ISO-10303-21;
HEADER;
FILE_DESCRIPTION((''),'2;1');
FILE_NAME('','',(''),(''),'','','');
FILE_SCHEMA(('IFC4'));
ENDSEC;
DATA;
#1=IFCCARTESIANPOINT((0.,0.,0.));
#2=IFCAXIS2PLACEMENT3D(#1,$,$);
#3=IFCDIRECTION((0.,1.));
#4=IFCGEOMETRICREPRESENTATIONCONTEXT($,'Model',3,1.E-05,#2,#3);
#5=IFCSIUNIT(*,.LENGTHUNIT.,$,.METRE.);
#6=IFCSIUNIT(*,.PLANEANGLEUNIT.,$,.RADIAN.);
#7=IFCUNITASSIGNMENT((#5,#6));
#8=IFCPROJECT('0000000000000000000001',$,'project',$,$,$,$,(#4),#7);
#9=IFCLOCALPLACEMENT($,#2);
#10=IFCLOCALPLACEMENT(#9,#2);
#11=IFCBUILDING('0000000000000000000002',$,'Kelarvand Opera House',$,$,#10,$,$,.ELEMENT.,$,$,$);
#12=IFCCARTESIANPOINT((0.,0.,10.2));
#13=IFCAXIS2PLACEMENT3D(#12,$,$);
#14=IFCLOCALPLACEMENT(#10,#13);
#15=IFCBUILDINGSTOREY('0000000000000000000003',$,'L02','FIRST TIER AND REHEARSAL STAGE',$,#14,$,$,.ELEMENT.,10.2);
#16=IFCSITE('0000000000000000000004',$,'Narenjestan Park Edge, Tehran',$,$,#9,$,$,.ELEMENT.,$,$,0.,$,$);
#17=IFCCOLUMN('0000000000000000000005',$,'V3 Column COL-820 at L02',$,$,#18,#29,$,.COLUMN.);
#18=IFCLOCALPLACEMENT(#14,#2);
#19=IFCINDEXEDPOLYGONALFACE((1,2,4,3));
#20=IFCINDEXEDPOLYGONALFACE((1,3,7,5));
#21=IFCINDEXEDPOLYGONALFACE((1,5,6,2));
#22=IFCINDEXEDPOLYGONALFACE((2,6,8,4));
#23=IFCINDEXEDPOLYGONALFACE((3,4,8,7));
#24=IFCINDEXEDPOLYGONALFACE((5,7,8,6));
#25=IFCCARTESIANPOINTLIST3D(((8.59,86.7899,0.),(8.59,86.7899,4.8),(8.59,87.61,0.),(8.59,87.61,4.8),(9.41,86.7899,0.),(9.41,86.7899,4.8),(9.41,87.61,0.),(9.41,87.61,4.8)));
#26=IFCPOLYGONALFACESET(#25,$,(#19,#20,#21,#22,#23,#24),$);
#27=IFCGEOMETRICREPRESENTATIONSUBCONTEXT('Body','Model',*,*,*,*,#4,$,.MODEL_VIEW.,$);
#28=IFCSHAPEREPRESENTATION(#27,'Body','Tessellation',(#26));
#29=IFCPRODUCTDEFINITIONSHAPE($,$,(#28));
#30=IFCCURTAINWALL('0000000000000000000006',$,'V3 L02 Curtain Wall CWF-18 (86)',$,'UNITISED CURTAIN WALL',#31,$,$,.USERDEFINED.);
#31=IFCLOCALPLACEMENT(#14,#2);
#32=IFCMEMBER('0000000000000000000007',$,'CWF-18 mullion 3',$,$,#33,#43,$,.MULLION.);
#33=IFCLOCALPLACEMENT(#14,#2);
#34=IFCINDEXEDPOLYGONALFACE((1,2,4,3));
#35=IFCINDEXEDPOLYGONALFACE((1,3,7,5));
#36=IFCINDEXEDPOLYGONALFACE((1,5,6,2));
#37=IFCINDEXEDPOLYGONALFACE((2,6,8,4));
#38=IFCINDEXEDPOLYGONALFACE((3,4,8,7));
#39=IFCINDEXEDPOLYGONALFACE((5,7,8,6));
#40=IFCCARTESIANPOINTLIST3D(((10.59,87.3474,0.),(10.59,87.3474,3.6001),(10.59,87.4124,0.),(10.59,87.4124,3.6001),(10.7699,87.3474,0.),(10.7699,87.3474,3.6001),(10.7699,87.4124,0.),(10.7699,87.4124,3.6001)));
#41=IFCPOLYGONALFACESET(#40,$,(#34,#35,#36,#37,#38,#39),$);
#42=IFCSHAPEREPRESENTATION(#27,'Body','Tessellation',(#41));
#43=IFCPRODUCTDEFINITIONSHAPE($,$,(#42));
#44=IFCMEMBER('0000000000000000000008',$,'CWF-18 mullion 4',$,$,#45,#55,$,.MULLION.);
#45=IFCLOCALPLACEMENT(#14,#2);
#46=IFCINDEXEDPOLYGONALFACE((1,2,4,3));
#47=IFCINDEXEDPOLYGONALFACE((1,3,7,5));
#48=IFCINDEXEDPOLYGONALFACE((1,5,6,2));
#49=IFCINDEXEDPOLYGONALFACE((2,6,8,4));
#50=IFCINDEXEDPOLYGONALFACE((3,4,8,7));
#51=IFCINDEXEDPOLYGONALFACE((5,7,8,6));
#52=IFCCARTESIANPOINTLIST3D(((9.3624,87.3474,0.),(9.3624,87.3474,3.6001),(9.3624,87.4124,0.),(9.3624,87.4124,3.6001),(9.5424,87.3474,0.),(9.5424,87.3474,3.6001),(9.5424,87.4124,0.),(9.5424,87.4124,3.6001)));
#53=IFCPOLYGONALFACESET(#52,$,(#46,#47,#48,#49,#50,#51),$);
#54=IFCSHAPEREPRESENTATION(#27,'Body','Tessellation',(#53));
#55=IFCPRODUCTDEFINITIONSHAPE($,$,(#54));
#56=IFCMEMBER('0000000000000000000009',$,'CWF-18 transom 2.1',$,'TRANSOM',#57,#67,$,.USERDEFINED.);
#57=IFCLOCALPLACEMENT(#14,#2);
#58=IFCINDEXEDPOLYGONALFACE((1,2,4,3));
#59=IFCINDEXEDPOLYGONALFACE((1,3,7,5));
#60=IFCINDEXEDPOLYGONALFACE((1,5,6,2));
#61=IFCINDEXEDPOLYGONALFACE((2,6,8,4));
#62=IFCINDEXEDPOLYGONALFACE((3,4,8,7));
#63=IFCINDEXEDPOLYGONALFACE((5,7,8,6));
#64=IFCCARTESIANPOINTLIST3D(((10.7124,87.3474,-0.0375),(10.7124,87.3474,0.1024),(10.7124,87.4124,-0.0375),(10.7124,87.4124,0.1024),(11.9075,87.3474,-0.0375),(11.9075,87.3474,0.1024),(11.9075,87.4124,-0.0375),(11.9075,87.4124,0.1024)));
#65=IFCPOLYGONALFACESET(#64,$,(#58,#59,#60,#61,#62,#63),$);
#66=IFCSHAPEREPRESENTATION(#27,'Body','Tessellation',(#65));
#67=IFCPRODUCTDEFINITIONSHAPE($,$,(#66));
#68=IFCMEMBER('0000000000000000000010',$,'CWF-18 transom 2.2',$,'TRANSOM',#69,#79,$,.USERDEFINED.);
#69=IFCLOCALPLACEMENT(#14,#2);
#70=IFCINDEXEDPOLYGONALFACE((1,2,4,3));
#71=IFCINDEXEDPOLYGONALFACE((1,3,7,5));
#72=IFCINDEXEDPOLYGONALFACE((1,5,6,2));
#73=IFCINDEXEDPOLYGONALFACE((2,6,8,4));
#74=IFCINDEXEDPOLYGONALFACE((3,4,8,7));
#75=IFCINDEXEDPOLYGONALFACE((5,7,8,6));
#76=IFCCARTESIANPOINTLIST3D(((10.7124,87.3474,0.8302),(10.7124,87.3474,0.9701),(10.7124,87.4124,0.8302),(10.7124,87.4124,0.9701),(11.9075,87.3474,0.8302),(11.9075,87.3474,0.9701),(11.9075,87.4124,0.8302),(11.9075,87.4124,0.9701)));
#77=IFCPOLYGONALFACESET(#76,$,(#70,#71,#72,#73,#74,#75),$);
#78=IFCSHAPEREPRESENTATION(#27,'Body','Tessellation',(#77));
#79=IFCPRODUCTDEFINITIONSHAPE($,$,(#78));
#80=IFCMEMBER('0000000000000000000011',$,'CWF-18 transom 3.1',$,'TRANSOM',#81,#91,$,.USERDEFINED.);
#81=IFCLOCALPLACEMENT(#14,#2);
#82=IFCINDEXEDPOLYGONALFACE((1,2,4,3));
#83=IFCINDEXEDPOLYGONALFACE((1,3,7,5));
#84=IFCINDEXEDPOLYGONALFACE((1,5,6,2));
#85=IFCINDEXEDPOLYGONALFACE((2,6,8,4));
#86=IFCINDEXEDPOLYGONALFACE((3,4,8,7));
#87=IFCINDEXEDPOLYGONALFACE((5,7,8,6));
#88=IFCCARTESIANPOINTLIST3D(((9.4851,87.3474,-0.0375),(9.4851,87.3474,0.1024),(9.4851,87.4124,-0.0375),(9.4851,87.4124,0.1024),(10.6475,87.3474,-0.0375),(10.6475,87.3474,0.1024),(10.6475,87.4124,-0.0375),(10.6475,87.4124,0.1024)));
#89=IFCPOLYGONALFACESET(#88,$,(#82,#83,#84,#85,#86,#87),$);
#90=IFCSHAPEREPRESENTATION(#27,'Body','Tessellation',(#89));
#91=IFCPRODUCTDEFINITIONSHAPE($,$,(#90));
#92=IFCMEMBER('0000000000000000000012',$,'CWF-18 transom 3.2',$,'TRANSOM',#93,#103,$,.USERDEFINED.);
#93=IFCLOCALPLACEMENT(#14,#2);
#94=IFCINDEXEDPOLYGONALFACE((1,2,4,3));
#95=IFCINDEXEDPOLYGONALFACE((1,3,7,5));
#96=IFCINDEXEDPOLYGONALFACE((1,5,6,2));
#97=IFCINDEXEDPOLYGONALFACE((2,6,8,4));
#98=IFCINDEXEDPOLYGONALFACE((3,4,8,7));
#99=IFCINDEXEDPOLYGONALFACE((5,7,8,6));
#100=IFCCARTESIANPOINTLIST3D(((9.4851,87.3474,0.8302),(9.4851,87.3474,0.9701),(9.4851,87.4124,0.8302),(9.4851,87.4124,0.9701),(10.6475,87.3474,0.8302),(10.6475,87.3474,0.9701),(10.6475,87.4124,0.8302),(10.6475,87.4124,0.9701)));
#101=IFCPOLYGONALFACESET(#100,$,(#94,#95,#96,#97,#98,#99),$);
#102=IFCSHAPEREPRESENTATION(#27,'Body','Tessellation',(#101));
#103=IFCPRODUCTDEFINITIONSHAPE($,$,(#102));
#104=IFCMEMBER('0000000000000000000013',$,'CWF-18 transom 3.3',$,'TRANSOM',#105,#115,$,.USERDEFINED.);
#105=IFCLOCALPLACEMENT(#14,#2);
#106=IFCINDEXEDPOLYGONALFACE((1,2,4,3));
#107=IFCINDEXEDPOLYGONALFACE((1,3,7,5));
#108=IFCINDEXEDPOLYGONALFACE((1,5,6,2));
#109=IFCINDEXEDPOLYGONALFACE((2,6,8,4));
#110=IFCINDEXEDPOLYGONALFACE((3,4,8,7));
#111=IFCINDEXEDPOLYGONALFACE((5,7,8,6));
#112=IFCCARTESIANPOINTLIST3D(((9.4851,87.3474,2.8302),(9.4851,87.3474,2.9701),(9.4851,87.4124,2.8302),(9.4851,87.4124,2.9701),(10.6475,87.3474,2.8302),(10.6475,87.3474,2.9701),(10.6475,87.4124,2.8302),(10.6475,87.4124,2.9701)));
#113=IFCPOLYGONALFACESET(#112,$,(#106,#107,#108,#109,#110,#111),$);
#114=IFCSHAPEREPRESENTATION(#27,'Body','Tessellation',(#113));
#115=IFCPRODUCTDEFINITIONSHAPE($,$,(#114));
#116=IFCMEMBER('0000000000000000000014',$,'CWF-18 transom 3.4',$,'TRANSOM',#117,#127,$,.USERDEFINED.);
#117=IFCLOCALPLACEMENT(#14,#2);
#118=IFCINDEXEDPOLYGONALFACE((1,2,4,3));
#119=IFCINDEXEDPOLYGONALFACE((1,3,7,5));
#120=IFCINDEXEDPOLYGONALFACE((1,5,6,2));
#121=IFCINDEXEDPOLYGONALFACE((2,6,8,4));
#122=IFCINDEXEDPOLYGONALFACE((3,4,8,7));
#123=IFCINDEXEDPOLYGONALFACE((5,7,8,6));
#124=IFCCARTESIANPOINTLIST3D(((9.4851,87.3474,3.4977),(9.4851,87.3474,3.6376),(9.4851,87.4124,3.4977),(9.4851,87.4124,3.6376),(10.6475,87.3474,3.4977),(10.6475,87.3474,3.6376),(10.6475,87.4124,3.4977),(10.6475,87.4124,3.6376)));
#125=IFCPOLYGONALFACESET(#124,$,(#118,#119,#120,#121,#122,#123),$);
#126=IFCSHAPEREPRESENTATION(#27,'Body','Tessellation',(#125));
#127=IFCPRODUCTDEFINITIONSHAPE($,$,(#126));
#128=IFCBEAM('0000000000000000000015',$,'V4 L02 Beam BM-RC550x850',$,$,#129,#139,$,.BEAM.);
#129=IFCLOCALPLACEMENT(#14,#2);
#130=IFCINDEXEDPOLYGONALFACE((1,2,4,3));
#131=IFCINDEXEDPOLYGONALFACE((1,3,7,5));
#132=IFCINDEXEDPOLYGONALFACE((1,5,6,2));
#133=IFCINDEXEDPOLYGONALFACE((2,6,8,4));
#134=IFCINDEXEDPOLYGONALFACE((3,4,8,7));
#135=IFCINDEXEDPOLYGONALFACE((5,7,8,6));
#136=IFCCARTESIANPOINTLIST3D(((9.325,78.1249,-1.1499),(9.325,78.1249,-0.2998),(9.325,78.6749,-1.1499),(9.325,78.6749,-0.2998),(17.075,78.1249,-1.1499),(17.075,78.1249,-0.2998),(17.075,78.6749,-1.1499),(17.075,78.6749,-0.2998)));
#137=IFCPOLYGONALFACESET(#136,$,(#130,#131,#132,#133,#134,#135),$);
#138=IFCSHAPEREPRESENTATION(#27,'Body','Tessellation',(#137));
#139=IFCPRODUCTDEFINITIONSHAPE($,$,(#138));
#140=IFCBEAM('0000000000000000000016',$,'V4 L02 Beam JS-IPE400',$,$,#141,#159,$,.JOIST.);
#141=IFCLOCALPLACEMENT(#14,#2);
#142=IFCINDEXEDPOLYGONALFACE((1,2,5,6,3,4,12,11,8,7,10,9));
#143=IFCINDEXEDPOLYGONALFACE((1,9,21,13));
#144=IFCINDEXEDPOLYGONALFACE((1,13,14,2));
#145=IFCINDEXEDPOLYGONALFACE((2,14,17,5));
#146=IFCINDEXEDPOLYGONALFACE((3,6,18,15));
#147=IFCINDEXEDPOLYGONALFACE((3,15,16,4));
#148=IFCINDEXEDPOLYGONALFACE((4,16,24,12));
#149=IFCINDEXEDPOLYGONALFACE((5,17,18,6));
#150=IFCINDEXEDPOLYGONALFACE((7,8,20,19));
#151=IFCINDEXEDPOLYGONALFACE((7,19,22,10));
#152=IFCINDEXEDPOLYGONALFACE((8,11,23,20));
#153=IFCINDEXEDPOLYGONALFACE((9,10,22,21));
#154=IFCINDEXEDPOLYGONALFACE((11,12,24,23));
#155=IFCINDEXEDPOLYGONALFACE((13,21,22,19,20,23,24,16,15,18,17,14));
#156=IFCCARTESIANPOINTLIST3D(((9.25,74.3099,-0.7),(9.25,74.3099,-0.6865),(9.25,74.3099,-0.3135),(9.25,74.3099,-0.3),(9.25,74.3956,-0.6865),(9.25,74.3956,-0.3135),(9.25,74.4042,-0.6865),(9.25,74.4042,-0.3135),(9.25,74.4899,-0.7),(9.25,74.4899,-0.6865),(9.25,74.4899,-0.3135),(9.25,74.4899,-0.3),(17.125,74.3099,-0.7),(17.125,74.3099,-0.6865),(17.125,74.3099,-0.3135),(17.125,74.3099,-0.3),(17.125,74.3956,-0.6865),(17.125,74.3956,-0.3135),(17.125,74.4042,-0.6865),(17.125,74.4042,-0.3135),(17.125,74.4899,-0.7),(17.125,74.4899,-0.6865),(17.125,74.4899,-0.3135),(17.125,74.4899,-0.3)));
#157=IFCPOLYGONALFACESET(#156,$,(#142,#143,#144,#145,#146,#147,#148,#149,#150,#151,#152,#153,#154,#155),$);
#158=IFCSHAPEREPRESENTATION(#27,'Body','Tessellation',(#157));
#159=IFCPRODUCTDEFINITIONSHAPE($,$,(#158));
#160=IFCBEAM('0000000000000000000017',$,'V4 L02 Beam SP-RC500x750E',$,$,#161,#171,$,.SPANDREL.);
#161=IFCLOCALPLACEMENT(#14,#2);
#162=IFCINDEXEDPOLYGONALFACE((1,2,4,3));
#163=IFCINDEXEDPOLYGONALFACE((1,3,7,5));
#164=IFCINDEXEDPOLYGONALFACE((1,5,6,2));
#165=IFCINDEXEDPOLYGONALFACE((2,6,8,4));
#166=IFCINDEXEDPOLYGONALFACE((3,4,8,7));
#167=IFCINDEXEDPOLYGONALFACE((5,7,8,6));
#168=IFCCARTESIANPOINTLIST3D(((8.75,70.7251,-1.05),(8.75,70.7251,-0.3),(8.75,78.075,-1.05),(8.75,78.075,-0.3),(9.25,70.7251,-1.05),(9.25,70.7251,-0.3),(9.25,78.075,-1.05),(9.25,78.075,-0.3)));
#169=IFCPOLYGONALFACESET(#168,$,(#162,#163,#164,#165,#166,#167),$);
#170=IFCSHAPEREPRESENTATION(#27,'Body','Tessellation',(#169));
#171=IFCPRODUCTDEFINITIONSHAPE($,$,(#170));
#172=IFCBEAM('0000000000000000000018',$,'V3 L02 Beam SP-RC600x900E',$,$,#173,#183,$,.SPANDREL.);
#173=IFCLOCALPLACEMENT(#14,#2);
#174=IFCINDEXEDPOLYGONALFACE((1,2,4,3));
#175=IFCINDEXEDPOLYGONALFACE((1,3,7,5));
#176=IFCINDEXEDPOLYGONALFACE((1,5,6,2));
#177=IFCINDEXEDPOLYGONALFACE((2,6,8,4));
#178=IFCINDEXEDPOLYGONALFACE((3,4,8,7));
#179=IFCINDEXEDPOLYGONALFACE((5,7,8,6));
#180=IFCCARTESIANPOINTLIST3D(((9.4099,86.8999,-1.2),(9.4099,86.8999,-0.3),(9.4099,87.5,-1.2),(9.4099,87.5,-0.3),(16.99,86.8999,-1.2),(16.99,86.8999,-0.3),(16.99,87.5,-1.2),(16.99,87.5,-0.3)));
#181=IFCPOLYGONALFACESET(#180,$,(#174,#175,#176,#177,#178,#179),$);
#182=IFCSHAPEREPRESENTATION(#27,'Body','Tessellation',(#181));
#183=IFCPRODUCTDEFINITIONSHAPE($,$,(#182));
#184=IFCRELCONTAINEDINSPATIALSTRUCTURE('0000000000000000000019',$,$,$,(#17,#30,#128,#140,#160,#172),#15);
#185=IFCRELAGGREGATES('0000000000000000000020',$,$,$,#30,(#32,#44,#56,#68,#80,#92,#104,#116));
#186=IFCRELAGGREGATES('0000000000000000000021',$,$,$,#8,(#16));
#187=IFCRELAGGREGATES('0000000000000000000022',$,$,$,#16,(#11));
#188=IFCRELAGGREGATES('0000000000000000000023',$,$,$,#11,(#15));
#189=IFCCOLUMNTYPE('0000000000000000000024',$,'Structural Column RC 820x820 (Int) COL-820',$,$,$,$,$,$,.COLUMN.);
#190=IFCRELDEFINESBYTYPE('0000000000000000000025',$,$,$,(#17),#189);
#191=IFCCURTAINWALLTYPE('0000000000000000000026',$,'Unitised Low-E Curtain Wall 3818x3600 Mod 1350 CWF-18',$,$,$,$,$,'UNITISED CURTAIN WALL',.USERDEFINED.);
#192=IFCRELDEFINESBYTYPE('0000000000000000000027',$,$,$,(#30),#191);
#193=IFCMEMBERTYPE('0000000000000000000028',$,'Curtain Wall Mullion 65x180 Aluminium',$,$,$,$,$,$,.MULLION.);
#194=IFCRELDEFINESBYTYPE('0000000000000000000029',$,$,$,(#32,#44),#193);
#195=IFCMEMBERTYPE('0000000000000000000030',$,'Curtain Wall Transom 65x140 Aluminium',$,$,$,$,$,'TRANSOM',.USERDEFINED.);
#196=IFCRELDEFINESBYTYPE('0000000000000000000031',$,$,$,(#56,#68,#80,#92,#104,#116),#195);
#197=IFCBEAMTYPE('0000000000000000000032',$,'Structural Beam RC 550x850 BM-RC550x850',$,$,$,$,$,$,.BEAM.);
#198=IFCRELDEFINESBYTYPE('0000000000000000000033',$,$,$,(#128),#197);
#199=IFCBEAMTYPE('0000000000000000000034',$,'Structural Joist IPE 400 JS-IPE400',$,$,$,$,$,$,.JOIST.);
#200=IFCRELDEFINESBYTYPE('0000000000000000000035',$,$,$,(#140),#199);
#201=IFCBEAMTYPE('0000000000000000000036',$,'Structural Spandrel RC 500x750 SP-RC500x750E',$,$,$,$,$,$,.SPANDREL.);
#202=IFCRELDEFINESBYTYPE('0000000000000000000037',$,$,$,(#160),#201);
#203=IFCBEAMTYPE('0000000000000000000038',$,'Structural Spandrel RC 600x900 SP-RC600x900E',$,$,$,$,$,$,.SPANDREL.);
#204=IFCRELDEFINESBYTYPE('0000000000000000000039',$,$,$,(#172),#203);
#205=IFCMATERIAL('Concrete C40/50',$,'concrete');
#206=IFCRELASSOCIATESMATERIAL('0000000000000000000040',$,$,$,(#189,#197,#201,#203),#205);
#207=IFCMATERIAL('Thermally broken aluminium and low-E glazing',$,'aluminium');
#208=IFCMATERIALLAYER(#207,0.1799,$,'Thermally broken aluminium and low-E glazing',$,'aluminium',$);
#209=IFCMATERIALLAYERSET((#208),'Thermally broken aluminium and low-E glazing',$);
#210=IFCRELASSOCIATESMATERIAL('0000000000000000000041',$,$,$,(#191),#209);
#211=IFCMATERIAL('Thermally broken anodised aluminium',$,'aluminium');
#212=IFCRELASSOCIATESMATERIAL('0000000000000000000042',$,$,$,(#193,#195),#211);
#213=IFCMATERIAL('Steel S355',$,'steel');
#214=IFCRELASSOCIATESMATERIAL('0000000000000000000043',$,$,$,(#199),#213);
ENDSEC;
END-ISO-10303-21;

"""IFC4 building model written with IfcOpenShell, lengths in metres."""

from ifc_helpers import new_model, si_unit, direction, frame, origin, origin_2d, place, context, subcontext, project, spatial, rectangle, i_section, extrude, material, layer, layer_set, material_profile, profile_set, type_object, element, aggregate, save


model = new_model("IFC4")

# Units and contexts
model_context = context("Model", 3, precision=1e-05, world=origin(), true_north=direction((0.0, 1.0)))
body_context = subcontext(model_context, "Body", "Model", "MODEL_VIEW")
ifc_project = project(units=[si_unit("LENGTHUNIT", "METRE"), si_unit("PLANEANGLEUNIT", "RADIAN")], contexts=[model_context])

# Site, building, storey
site_placement = place(None, origin())
site = spatial("IfcSite", under=ifc_project, at=site_placement, Name="Narenjestan Park Edge, Tehran", CompositionType="ELEMENT", RefElevation=0.0)
building_placement = place(site_placement, origin())
building = spatial("IfcBuilding", under=site, at=building_placement, Name="Kelarvand Opera House", CompositionType="ELEMENT")
storey_placement = place(building_placement, frame((0.0, 0.0, 10.2)))
storey = spatial("IfcBuildingStorey", under=building, at=storey_placement, Name="L02", Description="FIRST TIER AND REHEARSAL STAGE", CompositionType="ELEMENT", Elevation=10.2)

# Column
ifc_material_1 = material(Name="Concrete C40/50", Category="concrete")
ifc_material_profile_1 = material_profile(ifc_material_1, rectangle(XDim=0.8201, YDim=0.8201, at=origin_2d()), Name="RC 820x820", Category="concrete")
ifc_profile_set_1 = profile_set([ifc_material_profile_1], Name="Concrete C40/50")
column_type = type_object("IfcColumnType", Name="Structural Column RC 820x820 (Int) COL-820", PredefinedType="COLUMN", material=ifc_profile_set_1)
column_placement = place(storey_placement, frame((9.0, 87.2, 0.0), z_axis=(0.0, 0.0, 1.0), x_axis=(1.0, 0.0, 0.0)))
element("IfcColumn", 1, at=column_placement, inside=storey, type_object=column_type, Name="V3 Column COL-820 at L02", PredefinedType="COLUMN", context=body_context, shape_type="SweptSolid", body=[
    extrude(rectangle(XDim=0.8201, YDim=0.8201, at=origin_2d()), origin(), (0.0, 0.0, 1.0), 4.8),
])

# Curtain wall, members
ifc_material_2 = material(Name="Thermally broken aluminium and low-E glazing", Category="aluminium")
ifc_layer_1 = layer(ifc_material_2, 0.1799, Name="Thermally broken aluminium and low-E glazing", Category="aluminium")
ifc_layer_set_1 = layer_set([ifc_layer_1], Name="Thermally broken aluminium and low-E glazing")
curtain_wall_type = type_object("IfcCurtainWallType", Name="Unitised Low-E Curtain Wall 3818x3600 Mod 1350 CWF-18", ElementType="UNITISED CURTAIN WALL", PredefinedType="USERDEFINED", material=ifc_layer_set_1)
curtain_wall_placement = place(storey_placement, origin())
curtain_wall = element("IfcCurtainWall", 2, at=curtain_wall_placement, inside=storey, type_object=curtain_wall_type, Name="V3 L02 Curtain Wall CWF-18 (86)", ObjectType="UNITISED CURTAIN WALL", PredefinedType="USERDEFINED")
ifc_material_3 = material(Name="Thermally broken anodised aluminium", Category="aluminium")
ifc_material_profile_2 = material_profile(ifc_material_3, rectangle(XDim=0.0649, YDim=0.1799, at=origin_2d()), Name="ALU MULLION 65x180", Category="aluminium")
ifc_profile_set_2 = profile_set([ifc_material_profile_2], Name="Thermally broken anodised aluminium")
member_type_1 = type_object("IfcMemberType", Name="Curtain Wall Mullion 65x180 Aluminium", PredefinedType="MULLION", material=ifc_profile_set_2)
member_1_placement = place(storey_placement, frame((10.6799, 87.3799, 0.0), z_axis=(0.0, 0.0, 1.0), x_axis=(0.0, -1.0, 0.0)))
member_1 = element("IfcMember", 3, at=member_1_placement, type_object=member_type_1, Name="CWF-18 mullion 3", PredefinedType="MULLION", context=body_context, shape_type="SweptSolid", body=[
    extrude(rectangle(XDim=0.0649, YDim=0.1799, at=origin_2d()), origin(), (0.0, 0.0, 1.0), 3.6001),
])
member_2_placement = place(storey_placement, frame((9.4524, 87.3799, 0.0), z_axis=(0.0, 0.0, 1.0), x_axis=(0.0, -1.0, 0.0)))
member_2 = element("IfcMember", 4, at=member_2_placement, type_object=member_type_1, Name="CWF-18 mullion 4", PredefinedType="MULLION", context=body_context, shape_type="SweptSolid", body=[
    extrude(rectangle(XDim=0.0649, YDim=0.1799, at=origin_2d()), origin(), (0.0, 0.0, 1.0), 3.6001),
])
ifc_material_profile_3 = material_profile(ifc_material_3, rectangle(XDim=0.0649, YDim=0.1399, at=origin_2d()), Name="ALU TRANSOM 65x140", Category="aluminium")
ifc_profile_set_3 = profile_set([ifc_material_profile_3], Name="Thermally broken anodised aluminium")
member_type_2 = type_object("IfcMemberType", Name="Curtain Wall Transom 65x140 Aluminium", ElementType="TRANSOM", PredefinedType="USERDEFINED", material=ifc_profile_set_3)
member_3_placement = place(storey_placement, frame((11.9075, 87.3799, 0.0325), z_axis=(-1.0, 0.0, 0.0), x_axis=(0.0, -1.0, 0.0)))
member_3 = element("IfcMember", 5, at=member_3_placement, type_object=member_type_2, Name="CWF-18 transom 2.1", ObjectType="TRANSOM", PredefinedType="USERDEFINED", context=body_context, shape_type="SweptSolid", body=[
    extrude(rectangle(XDim=0.0649, YDim=0.1399, at=origin_2d()), origin(), (0.0, 0.0, 1.0), 1.1951),
])
member_4_placement = place(storey_placement, frame((11.9075, 87.3799, 0.9001), z_axis=(-1.0, 0.0, 0.0), x_axis=(0.0, -1.0, 0.0)))
member_4 = element("IfcMember", 6, at=member_4_placement, type_object=member_type_2, Name="CWF-18 transom 2.2", ObjectType="TRANSOM", PredefinedType="USERDEFINED", context=body_context, shape_type="SweptSolid", body=[
    extrude(rectangle(XDim=0.0649, YDim=0.1399, at=origin_2d()), origin(), (0.0, 0.0, 1.0), 1.1951),
])
member_5_placement = place(storey_placement, frame((10.6475, 87.3799, 0.0325), z_axis=(-1.0, 0.0, 0.0), x_axis=(0.0, -1.0, 0.0)))
member_5 = element("IfcMember", 7, at=member_5_placement, type_object=member_type_2, Name="CWF-18 transom 3.1", ObjectType="TRANSOM", PredefinedType="USERDEFINED", context=body_context, shape_type="SweptSolid", body=[
    extrude(rectangle(XDim=0.0649, YDim=0.1399, at=origin_2d()), origin(), (0.0, 0.0, 1.0), 1.1624),
])
member_6_placement = place(storey_placement, frame((10.6475, 87.3799, 0.9001), z_axis=(-1.0, 0.0, 0.0), x_axis=(0.0, -1.0, 0.0)))
member_6 = element("IfcMember", 8, at=member_6_placement, type_object=member_type_2, Name="CWF-18 transom 3.2", ObjectType="TRANSOM", PredefinedType="USERDEFINED", context=body_context, shape_type="SweptSolid", body=[
    extrude(rectangle(XDim=0.0649, YDim=0.1399, at=origin_2d()), origin(), (0.0, 0.0, 1.0), 1.1624),
])
member_7_placement = place(storey_placement, frame((10.6475, 87.3799, 2.9001), z_axis=(-1.0, 0.0, 0.0), x_axis=(0.0, -1.0, 0.0)))
member_7 = element("IfcMember", 9, at=member_7_placement, type_object=member_type_2, Name="CWF-18 transom 3.3", ObjectType="TRANSOM", PredefinedType="USERDEFINED", context=body_context, shape_type="SweptSolid", body=[
    extrude(rectangle(XDim=0.0649, YDim=0.1399, at=origin_2d()), origin(), (0.0, 0.0, 1.0), 1.1624),
])
member_8_placement = place(storey_placement, frame((10.6475, 87.3799, 3.5676), z_axis=(-1.0, 0.0, 0.0), x_axis=(0.0, -1.0, 0.0)))
member_8 = element("IfcMember", 10, at=member_8_placement, type_object=member_type_2, Name="CWF-18 transom 3.4", ObjectType="TRANSOM", PredefinedType="USERDEFINED", context=body_context, shape_type="SweptSolid", body=[
    extrude(rectangle(XDim=0.0649, YDim=0.1399, at=origin_2d()), origin(), (0.0, 0.0, 1.0), 1.1624),
])

# Beams
ifc_material_profile_4 = material_profile(ifc_material_1, rectangle(XDim=0.55, YDim=0.8501, at=origin_2d()), Name="RC 550x850", Category="concrete")
ifc_profile_set_4 = profile_set([ifc_material_profile_4], Name="Concrete C40/50")
beam_type_1 = type_object("IfcBeamType", Name="Structural Beam RC 550x850 BM-RC550x850", PredefinedType="BEAM", material=ifc_profile_set_4)
beam_1_placement = place(storey_placement, frame((9.325, 78.3999, -0.7249), z_axis=(1.0, 0.0, 0.0), x_axis=(0.0, 1.0, 0.0)))
element("IfcBeam", 11, at=beam_1_placement, inside=storey, type_object=beam_type_1, Name="V4 L02 Beam BM-RC550x850", PredefinedType="BEAM", context=body_context, shape_type="SweptSolid", body=[
    extrude(rectangle(XDim=0.55, YDim=0.8501, at=origin_2d()), origin(), (0.0, 0.0, 1.0), 7.75),
])
ifc_material_4 = material(Name="Steel S355", Category="steel")
ifc_material_profile_5 = material_profile(ifc_material_4, i_section(OverallWidth=0.1799, OverallDepth=0.3999, WebThickness=0.0085, FlangeThickness=0.0134, at=origin_2d()), Name="IPE 400", Category="steel")
ifc_profile_set_5 = profile_set([ifc_material_profile_5], Name="Steel S355")
beam_type_2 = type_object("IfcBeamType", Name="Structural Joist IPE 400 JS-IPE400", PredefinedType="JOIST", material=ifc_profile_set_5)
beam_2_placement = place(storey_placement, frame((9.25, 74.3999, -0.5), z_axis=(1.0, 0.0, 0.0), x_axis=(0.0, 1.0, 0.0)))
element("IfcBeam", 12, at=beam_2_placement, inside=storey, type_object=beam_type_2, Name="V4 L02 Beam JS-IPE400", PredefinedType="JOIST", context=body_context, shape_type="SweptSolid", body=[
    extrude(i_section(OverallWidth=0.1799, OverallDepth=0.3999, WebThickness=0.0085, FlangeThickness=0.0134, at=origin_2d()), origin(), (0.0, 0.0, 1.0), 7.875),
])
ifc_material_profile_6 = material_profile(ifc_material_1, rectangle(XDim=0.5, YDim=0.75, at=origin_2d()), Name="RC 500x750", Category="concrete")
ifc_profile_set_6 = profile_set([ifc_material_profile_6], Name="Concrete C40/50")
beam_type_3 = type_object("IfcBeamType", Name="Structural Spandrel RC 500x750 SP-RC500x750E", PredefinedType="SPANDREL", material=ifc_profile_set_6)
beam_3_placement = place(storey_placement, frame((9.0, 70.7251, -0.675), z_axis=(0.0, 1.0, 0.0), x_axis=(-1.0, 0.0, 0.0)))
element("IfcBeam", 13, at=beam_3_placement, inside=storey, type_object=beam_type_3, Name="V4 L02 Beam SP-RC500x750E", PredefinedType="SPANDREL", context=body_context, shape_type="SweptSolid", body=[
    extrude(rectangle(XDim=0.5, YDim=0.75, at=origin_2d()), origin(), (0.0, 0.0, 1.0), 7.3499),
])
ifc_material_profile_7 = material_profile(ifc_material_1, rectangle(XDim=0.6001, YDim=0.8999, at=origin_2d()), Name="RC 600x900", Category="concrete")
ifc_profile_set_7 = profile_set([ifc_material_profile_7], Name="Concrete C40/50")
beam_type_4 = type_object("IfcBeamType", Name="Structural Spandrel RC 600x900 SP-RC600x900E", PredefinedType="SPANDREL", material=ifc_profile_set_7)
beam_4_placement = place(storey_placement, frame((9.4099, 87.2, -0.75), z_axis=(1.0, 0.0, 0.0), x_axis=(0.0, 1.0, 0.0)))
element("IfcBeam", 14, at=beam_4_placement, inside=storey, type_object=beam_type_4, Name="V3 L02 Beam SP-RC600x900E", PredefinedType="SPANDREL", context=body_context, shape_type="SweptSolid", body=[
    extrude(rectangle(XDim=0.6001, YDim=0.8999, at=origin_2d()), origin(), (0.0, 0.0, 1.0), 7.5801),
])

aggregate(curtain_wall, [member_1, member_2, member_3, member_4, member_5, member_6, member_7, member_8])

save(model, "model.ifc")
